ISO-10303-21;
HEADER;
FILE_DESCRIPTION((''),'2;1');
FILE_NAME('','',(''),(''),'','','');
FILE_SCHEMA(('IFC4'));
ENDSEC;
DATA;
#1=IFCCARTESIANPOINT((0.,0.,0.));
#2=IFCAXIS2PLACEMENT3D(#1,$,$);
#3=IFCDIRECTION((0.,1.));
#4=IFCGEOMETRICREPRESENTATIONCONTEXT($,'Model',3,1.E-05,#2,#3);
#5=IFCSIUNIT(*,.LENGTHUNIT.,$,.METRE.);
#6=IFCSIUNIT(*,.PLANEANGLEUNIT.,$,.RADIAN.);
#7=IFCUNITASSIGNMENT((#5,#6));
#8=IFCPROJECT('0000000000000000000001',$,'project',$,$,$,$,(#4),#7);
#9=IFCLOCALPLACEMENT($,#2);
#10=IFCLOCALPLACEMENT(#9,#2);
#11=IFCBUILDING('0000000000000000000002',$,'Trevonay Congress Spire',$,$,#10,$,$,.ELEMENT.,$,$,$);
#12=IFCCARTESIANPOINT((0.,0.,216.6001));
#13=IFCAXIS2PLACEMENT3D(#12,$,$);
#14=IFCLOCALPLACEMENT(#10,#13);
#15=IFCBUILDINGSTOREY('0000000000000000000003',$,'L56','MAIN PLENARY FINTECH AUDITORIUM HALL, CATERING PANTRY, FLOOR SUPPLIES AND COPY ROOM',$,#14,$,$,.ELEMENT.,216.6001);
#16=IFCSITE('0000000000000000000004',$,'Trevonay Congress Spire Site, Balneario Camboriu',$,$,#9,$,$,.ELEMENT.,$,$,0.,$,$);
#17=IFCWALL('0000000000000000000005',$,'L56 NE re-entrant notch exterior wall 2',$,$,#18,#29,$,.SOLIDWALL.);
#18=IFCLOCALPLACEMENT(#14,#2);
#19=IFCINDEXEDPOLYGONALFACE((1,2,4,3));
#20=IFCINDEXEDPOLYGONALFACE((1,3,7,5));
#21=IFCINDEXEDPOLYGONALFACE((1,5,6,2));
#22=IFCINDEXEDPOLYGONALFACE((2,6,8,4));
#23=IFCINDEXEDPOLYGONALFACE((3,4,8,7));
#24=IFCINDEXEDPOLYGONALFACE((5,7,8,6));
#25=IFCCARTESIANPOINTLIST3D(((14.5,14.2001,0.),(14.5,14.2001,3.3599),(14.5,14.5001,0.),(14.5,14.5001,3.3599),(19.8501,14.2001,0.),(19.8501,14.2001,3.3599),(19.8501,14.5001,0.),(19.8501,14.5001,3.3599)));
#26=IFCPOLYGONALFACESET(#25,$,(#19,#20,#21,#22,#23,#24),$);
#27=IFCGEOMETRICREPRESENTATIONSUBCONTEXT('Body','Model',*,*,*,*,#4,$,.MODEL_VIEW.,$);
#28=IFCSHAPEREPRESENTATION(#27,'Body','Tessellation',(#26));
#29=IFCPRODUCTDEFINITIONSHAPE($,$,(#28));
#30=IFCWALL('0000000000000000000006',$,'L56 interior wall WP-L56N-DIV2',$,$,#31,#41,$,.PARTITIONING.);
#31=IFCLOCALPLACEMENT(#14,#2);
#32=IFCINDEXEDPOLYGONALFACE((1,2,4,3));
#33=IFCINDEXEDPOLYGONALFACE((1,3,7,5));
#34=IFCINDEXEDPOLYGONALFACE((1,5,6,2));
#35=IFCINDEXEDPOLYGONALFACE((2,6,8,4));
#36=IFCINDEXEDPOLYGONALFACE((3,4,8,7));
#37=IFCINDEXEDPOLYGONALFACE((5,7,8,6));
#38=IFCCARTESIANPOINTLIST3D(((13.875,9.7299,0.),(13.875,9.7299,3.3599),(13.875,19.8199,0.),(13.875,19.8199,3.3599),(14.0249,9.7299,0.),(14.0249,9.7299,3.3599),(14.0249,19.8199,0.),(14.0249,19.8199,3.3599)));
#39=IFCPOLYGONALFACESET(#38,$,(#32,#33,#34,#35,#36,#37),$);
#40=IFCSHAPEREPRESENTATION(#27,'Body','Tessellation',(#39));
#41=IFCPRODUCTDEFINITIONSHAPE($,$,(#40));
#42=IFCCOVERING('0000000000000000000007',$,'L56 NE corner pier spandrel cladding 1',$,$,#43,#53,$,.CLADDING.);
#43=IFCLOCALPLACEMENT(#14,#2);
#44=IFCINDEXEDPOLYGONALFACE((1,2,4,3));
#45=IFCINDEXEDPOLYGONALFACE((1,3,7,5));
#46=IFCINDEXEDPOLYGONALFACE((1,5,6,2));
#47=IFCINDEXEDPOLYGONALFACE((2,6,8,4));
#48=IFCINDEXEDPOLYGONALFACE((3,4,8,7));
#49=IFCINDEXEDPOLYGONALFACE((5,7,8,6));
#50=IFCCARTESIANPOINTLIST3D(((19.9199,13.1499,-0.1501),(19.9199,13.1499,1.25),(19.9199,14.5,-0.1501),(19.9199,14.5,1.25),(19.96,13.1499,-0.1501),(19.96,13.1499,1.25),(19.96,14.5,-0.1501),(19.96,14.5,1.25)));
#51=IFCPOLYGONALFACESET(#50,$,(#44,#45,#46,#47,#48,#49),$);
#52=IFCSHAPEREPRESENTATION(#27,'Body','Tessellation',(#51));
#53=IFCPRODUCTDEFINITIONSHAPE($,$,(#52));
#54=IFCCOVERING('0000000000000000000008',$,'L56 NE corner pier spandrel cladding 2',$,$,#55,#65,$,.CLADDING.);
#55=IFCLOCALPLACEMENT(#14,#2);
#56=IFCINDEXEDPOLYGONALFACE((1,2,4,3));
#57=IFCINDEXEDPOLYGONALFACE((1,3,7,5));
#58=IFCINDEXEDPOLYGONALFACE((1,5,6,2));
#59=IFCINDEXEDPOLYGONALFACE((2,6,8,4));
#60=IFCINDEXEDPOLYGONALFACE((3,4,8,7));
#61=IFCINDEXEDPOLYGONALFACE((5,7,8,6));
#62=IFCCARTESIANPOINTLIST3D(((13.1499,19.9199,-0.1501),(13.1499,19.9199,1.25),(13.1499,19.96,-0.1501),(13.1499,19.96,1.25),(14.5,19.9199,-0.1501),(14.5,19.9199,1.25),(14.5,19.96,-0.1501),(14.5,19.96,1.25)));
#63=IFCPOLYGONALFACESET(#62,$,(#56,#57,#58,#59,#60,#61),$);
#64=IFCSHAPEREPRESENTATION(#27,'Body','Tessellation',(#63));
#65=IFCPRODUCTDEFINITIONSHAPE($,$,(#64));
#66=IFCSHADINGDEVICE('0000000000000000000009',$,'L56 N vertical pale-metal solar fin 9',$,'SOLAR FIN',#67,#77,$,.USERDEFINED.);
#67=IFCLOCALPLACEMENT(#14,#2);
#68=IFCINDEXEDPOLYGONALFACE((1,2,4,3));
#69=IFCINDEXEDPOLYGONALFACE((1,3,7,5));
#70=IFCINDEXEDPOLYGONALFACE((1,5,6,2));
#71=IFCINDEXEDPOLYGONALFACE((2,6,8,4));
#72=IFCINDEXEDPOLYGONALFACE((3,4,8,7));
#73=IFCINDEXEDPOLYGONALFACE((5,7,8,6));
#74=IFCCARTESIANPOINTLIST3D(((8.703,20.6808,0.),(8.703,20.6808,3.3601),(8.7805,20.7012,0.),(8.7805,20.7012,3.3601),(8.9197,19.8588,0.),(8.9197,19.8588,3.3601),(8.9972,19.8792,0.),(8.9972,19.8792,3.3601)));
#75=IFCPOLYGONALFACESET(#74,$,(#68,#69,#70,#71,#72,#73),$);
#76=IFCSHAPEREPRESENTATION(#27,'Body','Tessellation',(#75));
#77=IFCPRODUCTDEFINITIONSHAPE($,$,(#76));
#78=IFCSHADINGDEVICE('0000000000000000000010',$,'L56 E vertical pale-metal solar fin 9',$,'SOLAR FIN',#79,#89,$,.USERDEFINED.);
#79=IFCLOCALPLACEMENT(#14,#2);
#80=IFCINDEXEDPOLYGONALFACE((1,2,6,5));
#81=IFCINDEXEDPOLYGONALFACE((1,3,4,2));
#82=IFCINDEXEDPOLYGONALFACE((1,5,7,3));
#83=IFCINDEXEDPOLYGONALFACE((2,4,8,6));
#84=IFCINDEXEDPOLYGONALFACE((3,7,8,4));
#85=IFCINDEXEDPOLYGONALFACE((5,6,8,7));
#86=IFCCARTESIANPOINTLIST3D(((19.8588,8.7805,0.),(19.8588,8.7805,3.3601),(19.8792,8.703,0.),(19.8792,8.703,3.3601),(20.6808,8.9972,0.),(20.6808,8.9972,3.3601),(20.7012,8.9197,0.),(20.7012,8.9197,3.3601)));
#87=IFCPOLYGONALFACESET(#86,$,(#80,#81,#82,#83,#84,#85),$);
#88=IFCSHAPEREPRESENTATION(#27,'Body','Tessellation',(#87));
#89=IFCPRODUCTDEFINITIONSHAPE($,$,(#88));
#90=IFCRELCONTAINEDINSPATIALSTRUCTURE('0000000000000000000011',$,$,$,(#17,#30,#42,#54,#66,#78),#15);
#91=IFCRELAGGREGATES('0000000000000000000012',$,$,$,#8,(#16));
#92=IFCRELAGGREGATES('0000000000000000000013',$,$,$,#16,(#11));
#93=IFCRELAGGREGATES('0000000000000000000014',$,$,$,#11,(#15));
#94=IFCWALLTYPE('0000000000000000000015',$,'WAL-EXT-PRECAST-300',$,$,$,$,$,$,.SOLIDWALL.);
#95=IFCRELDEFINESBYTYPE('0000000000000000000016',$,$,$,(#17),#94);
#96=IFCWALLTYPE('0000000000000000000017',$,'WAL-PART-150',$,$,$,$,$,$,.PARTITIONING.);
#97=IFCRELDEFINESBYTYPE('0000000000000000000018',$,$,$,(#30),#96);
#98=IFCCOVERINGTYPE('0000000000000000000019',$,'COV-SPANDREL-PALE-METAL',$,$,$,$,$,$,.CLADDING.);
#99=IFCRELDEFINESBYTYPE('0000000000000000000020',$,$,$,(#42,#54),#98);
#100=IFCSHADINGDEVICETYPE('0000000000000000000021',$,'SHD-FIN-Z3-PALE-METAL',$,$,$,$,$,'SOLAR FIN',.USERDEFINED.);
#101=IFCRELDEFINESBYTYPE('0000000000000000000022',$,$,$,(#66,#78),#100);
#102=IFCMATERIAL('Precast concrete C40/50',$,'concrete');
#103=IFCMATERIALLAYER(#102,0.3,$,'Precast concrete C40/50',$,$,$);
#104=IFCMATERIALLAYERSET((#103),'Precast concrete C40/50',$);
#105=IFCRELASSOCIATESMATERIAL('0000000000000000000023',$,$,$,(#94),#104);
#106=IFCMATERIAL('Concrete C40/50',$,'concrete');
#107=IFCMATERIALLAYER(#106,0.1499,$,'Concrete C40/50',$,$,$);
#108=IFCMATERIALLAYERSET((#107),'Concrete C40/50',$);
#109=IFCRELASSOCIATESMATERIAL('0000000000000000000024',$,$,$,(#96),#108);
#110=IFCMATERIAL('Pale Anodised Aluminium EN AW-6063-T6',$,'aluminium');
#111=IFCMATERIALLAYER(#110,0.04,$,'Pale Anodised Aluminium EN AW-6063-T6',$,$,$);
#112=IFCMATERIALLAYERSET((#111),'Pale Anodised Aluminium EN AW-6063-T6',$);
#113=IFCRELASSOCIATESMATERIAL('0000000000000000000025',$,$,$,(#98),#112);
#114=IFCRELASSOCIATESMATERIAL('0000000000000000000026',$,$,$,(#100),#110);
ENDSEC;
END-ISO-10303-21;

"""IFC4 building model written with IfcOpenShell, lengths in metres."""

from ifc_helpers import new_model, si_unit, direction, frame, frame_2d, origin, origin_2d, place, context, subcontext, project, spatial, rectangle, extrude, material, layer, layer_set, type_object, element, save


model = new_model("IFC4")

# Units and contexts
model_context = context("Model", 3, precision=1e-05, world=origin(), true_north=direction((0.0, 1.0)))
body_context = subcontext(model_context, "Body", "Model", "MODEL_VIEW")
ifc_project = project(units=[si_unit("LENGTHUNIT", "METRE"), si_unit("PLANEANGLEUNIT", "RADIAN")], contexts=[model_context])

# Site, building, storey
site_placement = place(None, origin())
site = spatial("IfcSite", under=ifc_project, at=site_placement, Name="Trevonay Congress Spire Site, Balneario Camboriu", CompositionType="ELEMENT", RefElevation=0.0)
building_placement = place(site_placement, origin())
building = spatial("IfcBuilding", under=site, at=building_placement, Name="Trevonay Congress Spire", CompositionType="ELEMENT")
storey_placement = place(building_placement, frame((0.0, 0.0, 216.6001)))
storey = spatial("IfcBuildingStorey", under=building, at=storey_placement, Name="L56", Description="MAIN PLENARY FINTECH AUDITORIUM HALL, CATERING PANTRY, FLOOR SUPPLIES AND COPY ROOM", CompositionType="ELEMENT", Elevation=216.6001)

# Shared definitions
ifc_material_1 = material(Name="Pale Anodised Aluminium EN AW-6063-T6", Category="aluminium")

# Shared definitions
ifc_material_2 = material(Name="Precast concrete C40/50", Category="concrete")
ifc_layer_1 = layer(ifc_material_2, 0.3, Name="Precast concrete C40/50")
ifc_layer_set_1 = layer_set([ifc_layer_1], Name="Precast concrete C40/50")
wall_type_1 = type_object("IfcWallType", Name="WAL-EXT-PRECAST-300", PredefinedType="SOLIDWALL", material=ifc_layer_set_1)

# Walls
wall_1_placement = place(storey_placement, frame((19.8501, 14.3501, 0.0), z_axis=(0.0, 0.0, 1.0), x_axis=(-1.0, 0.0, 0.0)))
element("IfcWall", 1, at=wall_1_placement, inside=storey, type_object=wall_type_1, Name="L56 NE re-entrant notch exterior wall 2", PredefinedType="SOLIDWALL", context=body_context, shape_type="SweptSolid", body=[
    extrude(rectangle(XDim=5.3501, YDim=0.3, at=frame_2d((2.675, 0.0))), origin(), (0.0, 0.0, 1.0), 3.3599),
])
ifc_material_3 = material(Name="Concrete C40/50", Category="concrete")
ifc_layer_2 = layer(ifc_material_3, 0.1499, Name="Concrete C40/50")
ifc_layer_set_2 = layer_set([ifc_layer_2], Name="Concrete C40/50")
wall_type_2 = type_object("IfcWallType", Name="WAL-PART-150", PredefinedType="PARTITIONING", material=ifc_layer_set_2)
wall_2_placement = place(storey_placement, frame((13.95, 9.73, 0.0), z_axis=(0.0, 0.0, 1.0), x_axis=(0.0, 1.0, 0.0)))
element("IfcWall", 2, at=wall_2_placement, inside=storey, type_object=wall_type_2, Name="L56 interior wall WP-L56N-DIV2", PredefinedType="PARTITIONING", context=body_context, shape_type="SweptSolid", body=[
    extrude(rectangle(XDim=10.0901, YDim=0.1499, at=frame_2d((5.0449, 0.0))), origin(), (0.0, 0.0, 1.0), 3.3599),
])

# Coverings
ifc_layer_3 = layer(ifc_material_1, 0.04, Name="Pale Anodised Aluminium EN AW-6063-T6")
ifc_layer_set_3 = layer_set([ifc_layer_3], Name="Pale Anodised Aluminium EN AW-6063-T6")
covering_type = type_object("IfcCoveringType", Name="COV-SPANDREL-PALE-METAL", PredefinedType="CLADDING", material=ifc_layer_set_3)
for number, where, z_axis, x_axis, name in (
    (3, (19.9399, 13.1499, -0.1501), (0.0, 0.0, 1.0), (0.0, 1.0, 0.0), "L56 NE corner pier spandrel cladding 1"),
    (4, (13.1499, 19.9399, -0.1501), (0.0, 0.0, 1.0), (1.0, 0.0, 0.0), "L56 NE corner pier spandrel cladding 2"),
):
    element("IfcCovering", number, at=place(storey_placement, frame(where, z_axis=z_axis, x_axis=x_axis)), inside=storey, type_object=covering_type, Name=name, PredefinedType="CLADDING", context=body_context, shape_type="SweptSolid", body=[
        extrude(rectangle(XDim=1.3501, YDim=0.04, at=frame_2d((0.675, 0.0))), origin(), (0.0, 0.0, 1.0), 1.4001),
    ])

# Shading devices
shading_device_type = type_object("IfcShadingDeviceType", Name="SHD-FIN-Z3-PALE-METAL", ElementType="SOLAR FIN", PredefinedType="USERDEFINED", material=ifc_material_1)
for number, where, z_axis, x_axis, name in (
    (5, (8.8501, 20.28, 0.0), (0.0, 0.0, 1.0), (0.966957, 0.254939, 0.0), "L56 N vertical pale-metal solar fin 9"),
    (6, (20.28, 8.8501, 0.0), (0.0, 0.0, 1.0), (-0.254939, 0.966957, 0.0), "L56 E vertical pale-metal solar fin 9"),
):
    element("IfcShadingDevice", number, at=place(storey_placement, frame(where, z_axis=z_axis, x_axis=x_axis)), inside=storey, type_object=shading_device_type, Name=name, ObjectType="SOLAR FIN", PredefinedType="USERDEFINED", context=body_context, shape_type="SweptSolid", body=[
        extrude(rectangle(XDim=0.0801, YDim=0.8501, at=origin_2d()), origin(), (0.0, 0.0, 1.0), 3.3601),
    ])

save(model, "model.ifc")
